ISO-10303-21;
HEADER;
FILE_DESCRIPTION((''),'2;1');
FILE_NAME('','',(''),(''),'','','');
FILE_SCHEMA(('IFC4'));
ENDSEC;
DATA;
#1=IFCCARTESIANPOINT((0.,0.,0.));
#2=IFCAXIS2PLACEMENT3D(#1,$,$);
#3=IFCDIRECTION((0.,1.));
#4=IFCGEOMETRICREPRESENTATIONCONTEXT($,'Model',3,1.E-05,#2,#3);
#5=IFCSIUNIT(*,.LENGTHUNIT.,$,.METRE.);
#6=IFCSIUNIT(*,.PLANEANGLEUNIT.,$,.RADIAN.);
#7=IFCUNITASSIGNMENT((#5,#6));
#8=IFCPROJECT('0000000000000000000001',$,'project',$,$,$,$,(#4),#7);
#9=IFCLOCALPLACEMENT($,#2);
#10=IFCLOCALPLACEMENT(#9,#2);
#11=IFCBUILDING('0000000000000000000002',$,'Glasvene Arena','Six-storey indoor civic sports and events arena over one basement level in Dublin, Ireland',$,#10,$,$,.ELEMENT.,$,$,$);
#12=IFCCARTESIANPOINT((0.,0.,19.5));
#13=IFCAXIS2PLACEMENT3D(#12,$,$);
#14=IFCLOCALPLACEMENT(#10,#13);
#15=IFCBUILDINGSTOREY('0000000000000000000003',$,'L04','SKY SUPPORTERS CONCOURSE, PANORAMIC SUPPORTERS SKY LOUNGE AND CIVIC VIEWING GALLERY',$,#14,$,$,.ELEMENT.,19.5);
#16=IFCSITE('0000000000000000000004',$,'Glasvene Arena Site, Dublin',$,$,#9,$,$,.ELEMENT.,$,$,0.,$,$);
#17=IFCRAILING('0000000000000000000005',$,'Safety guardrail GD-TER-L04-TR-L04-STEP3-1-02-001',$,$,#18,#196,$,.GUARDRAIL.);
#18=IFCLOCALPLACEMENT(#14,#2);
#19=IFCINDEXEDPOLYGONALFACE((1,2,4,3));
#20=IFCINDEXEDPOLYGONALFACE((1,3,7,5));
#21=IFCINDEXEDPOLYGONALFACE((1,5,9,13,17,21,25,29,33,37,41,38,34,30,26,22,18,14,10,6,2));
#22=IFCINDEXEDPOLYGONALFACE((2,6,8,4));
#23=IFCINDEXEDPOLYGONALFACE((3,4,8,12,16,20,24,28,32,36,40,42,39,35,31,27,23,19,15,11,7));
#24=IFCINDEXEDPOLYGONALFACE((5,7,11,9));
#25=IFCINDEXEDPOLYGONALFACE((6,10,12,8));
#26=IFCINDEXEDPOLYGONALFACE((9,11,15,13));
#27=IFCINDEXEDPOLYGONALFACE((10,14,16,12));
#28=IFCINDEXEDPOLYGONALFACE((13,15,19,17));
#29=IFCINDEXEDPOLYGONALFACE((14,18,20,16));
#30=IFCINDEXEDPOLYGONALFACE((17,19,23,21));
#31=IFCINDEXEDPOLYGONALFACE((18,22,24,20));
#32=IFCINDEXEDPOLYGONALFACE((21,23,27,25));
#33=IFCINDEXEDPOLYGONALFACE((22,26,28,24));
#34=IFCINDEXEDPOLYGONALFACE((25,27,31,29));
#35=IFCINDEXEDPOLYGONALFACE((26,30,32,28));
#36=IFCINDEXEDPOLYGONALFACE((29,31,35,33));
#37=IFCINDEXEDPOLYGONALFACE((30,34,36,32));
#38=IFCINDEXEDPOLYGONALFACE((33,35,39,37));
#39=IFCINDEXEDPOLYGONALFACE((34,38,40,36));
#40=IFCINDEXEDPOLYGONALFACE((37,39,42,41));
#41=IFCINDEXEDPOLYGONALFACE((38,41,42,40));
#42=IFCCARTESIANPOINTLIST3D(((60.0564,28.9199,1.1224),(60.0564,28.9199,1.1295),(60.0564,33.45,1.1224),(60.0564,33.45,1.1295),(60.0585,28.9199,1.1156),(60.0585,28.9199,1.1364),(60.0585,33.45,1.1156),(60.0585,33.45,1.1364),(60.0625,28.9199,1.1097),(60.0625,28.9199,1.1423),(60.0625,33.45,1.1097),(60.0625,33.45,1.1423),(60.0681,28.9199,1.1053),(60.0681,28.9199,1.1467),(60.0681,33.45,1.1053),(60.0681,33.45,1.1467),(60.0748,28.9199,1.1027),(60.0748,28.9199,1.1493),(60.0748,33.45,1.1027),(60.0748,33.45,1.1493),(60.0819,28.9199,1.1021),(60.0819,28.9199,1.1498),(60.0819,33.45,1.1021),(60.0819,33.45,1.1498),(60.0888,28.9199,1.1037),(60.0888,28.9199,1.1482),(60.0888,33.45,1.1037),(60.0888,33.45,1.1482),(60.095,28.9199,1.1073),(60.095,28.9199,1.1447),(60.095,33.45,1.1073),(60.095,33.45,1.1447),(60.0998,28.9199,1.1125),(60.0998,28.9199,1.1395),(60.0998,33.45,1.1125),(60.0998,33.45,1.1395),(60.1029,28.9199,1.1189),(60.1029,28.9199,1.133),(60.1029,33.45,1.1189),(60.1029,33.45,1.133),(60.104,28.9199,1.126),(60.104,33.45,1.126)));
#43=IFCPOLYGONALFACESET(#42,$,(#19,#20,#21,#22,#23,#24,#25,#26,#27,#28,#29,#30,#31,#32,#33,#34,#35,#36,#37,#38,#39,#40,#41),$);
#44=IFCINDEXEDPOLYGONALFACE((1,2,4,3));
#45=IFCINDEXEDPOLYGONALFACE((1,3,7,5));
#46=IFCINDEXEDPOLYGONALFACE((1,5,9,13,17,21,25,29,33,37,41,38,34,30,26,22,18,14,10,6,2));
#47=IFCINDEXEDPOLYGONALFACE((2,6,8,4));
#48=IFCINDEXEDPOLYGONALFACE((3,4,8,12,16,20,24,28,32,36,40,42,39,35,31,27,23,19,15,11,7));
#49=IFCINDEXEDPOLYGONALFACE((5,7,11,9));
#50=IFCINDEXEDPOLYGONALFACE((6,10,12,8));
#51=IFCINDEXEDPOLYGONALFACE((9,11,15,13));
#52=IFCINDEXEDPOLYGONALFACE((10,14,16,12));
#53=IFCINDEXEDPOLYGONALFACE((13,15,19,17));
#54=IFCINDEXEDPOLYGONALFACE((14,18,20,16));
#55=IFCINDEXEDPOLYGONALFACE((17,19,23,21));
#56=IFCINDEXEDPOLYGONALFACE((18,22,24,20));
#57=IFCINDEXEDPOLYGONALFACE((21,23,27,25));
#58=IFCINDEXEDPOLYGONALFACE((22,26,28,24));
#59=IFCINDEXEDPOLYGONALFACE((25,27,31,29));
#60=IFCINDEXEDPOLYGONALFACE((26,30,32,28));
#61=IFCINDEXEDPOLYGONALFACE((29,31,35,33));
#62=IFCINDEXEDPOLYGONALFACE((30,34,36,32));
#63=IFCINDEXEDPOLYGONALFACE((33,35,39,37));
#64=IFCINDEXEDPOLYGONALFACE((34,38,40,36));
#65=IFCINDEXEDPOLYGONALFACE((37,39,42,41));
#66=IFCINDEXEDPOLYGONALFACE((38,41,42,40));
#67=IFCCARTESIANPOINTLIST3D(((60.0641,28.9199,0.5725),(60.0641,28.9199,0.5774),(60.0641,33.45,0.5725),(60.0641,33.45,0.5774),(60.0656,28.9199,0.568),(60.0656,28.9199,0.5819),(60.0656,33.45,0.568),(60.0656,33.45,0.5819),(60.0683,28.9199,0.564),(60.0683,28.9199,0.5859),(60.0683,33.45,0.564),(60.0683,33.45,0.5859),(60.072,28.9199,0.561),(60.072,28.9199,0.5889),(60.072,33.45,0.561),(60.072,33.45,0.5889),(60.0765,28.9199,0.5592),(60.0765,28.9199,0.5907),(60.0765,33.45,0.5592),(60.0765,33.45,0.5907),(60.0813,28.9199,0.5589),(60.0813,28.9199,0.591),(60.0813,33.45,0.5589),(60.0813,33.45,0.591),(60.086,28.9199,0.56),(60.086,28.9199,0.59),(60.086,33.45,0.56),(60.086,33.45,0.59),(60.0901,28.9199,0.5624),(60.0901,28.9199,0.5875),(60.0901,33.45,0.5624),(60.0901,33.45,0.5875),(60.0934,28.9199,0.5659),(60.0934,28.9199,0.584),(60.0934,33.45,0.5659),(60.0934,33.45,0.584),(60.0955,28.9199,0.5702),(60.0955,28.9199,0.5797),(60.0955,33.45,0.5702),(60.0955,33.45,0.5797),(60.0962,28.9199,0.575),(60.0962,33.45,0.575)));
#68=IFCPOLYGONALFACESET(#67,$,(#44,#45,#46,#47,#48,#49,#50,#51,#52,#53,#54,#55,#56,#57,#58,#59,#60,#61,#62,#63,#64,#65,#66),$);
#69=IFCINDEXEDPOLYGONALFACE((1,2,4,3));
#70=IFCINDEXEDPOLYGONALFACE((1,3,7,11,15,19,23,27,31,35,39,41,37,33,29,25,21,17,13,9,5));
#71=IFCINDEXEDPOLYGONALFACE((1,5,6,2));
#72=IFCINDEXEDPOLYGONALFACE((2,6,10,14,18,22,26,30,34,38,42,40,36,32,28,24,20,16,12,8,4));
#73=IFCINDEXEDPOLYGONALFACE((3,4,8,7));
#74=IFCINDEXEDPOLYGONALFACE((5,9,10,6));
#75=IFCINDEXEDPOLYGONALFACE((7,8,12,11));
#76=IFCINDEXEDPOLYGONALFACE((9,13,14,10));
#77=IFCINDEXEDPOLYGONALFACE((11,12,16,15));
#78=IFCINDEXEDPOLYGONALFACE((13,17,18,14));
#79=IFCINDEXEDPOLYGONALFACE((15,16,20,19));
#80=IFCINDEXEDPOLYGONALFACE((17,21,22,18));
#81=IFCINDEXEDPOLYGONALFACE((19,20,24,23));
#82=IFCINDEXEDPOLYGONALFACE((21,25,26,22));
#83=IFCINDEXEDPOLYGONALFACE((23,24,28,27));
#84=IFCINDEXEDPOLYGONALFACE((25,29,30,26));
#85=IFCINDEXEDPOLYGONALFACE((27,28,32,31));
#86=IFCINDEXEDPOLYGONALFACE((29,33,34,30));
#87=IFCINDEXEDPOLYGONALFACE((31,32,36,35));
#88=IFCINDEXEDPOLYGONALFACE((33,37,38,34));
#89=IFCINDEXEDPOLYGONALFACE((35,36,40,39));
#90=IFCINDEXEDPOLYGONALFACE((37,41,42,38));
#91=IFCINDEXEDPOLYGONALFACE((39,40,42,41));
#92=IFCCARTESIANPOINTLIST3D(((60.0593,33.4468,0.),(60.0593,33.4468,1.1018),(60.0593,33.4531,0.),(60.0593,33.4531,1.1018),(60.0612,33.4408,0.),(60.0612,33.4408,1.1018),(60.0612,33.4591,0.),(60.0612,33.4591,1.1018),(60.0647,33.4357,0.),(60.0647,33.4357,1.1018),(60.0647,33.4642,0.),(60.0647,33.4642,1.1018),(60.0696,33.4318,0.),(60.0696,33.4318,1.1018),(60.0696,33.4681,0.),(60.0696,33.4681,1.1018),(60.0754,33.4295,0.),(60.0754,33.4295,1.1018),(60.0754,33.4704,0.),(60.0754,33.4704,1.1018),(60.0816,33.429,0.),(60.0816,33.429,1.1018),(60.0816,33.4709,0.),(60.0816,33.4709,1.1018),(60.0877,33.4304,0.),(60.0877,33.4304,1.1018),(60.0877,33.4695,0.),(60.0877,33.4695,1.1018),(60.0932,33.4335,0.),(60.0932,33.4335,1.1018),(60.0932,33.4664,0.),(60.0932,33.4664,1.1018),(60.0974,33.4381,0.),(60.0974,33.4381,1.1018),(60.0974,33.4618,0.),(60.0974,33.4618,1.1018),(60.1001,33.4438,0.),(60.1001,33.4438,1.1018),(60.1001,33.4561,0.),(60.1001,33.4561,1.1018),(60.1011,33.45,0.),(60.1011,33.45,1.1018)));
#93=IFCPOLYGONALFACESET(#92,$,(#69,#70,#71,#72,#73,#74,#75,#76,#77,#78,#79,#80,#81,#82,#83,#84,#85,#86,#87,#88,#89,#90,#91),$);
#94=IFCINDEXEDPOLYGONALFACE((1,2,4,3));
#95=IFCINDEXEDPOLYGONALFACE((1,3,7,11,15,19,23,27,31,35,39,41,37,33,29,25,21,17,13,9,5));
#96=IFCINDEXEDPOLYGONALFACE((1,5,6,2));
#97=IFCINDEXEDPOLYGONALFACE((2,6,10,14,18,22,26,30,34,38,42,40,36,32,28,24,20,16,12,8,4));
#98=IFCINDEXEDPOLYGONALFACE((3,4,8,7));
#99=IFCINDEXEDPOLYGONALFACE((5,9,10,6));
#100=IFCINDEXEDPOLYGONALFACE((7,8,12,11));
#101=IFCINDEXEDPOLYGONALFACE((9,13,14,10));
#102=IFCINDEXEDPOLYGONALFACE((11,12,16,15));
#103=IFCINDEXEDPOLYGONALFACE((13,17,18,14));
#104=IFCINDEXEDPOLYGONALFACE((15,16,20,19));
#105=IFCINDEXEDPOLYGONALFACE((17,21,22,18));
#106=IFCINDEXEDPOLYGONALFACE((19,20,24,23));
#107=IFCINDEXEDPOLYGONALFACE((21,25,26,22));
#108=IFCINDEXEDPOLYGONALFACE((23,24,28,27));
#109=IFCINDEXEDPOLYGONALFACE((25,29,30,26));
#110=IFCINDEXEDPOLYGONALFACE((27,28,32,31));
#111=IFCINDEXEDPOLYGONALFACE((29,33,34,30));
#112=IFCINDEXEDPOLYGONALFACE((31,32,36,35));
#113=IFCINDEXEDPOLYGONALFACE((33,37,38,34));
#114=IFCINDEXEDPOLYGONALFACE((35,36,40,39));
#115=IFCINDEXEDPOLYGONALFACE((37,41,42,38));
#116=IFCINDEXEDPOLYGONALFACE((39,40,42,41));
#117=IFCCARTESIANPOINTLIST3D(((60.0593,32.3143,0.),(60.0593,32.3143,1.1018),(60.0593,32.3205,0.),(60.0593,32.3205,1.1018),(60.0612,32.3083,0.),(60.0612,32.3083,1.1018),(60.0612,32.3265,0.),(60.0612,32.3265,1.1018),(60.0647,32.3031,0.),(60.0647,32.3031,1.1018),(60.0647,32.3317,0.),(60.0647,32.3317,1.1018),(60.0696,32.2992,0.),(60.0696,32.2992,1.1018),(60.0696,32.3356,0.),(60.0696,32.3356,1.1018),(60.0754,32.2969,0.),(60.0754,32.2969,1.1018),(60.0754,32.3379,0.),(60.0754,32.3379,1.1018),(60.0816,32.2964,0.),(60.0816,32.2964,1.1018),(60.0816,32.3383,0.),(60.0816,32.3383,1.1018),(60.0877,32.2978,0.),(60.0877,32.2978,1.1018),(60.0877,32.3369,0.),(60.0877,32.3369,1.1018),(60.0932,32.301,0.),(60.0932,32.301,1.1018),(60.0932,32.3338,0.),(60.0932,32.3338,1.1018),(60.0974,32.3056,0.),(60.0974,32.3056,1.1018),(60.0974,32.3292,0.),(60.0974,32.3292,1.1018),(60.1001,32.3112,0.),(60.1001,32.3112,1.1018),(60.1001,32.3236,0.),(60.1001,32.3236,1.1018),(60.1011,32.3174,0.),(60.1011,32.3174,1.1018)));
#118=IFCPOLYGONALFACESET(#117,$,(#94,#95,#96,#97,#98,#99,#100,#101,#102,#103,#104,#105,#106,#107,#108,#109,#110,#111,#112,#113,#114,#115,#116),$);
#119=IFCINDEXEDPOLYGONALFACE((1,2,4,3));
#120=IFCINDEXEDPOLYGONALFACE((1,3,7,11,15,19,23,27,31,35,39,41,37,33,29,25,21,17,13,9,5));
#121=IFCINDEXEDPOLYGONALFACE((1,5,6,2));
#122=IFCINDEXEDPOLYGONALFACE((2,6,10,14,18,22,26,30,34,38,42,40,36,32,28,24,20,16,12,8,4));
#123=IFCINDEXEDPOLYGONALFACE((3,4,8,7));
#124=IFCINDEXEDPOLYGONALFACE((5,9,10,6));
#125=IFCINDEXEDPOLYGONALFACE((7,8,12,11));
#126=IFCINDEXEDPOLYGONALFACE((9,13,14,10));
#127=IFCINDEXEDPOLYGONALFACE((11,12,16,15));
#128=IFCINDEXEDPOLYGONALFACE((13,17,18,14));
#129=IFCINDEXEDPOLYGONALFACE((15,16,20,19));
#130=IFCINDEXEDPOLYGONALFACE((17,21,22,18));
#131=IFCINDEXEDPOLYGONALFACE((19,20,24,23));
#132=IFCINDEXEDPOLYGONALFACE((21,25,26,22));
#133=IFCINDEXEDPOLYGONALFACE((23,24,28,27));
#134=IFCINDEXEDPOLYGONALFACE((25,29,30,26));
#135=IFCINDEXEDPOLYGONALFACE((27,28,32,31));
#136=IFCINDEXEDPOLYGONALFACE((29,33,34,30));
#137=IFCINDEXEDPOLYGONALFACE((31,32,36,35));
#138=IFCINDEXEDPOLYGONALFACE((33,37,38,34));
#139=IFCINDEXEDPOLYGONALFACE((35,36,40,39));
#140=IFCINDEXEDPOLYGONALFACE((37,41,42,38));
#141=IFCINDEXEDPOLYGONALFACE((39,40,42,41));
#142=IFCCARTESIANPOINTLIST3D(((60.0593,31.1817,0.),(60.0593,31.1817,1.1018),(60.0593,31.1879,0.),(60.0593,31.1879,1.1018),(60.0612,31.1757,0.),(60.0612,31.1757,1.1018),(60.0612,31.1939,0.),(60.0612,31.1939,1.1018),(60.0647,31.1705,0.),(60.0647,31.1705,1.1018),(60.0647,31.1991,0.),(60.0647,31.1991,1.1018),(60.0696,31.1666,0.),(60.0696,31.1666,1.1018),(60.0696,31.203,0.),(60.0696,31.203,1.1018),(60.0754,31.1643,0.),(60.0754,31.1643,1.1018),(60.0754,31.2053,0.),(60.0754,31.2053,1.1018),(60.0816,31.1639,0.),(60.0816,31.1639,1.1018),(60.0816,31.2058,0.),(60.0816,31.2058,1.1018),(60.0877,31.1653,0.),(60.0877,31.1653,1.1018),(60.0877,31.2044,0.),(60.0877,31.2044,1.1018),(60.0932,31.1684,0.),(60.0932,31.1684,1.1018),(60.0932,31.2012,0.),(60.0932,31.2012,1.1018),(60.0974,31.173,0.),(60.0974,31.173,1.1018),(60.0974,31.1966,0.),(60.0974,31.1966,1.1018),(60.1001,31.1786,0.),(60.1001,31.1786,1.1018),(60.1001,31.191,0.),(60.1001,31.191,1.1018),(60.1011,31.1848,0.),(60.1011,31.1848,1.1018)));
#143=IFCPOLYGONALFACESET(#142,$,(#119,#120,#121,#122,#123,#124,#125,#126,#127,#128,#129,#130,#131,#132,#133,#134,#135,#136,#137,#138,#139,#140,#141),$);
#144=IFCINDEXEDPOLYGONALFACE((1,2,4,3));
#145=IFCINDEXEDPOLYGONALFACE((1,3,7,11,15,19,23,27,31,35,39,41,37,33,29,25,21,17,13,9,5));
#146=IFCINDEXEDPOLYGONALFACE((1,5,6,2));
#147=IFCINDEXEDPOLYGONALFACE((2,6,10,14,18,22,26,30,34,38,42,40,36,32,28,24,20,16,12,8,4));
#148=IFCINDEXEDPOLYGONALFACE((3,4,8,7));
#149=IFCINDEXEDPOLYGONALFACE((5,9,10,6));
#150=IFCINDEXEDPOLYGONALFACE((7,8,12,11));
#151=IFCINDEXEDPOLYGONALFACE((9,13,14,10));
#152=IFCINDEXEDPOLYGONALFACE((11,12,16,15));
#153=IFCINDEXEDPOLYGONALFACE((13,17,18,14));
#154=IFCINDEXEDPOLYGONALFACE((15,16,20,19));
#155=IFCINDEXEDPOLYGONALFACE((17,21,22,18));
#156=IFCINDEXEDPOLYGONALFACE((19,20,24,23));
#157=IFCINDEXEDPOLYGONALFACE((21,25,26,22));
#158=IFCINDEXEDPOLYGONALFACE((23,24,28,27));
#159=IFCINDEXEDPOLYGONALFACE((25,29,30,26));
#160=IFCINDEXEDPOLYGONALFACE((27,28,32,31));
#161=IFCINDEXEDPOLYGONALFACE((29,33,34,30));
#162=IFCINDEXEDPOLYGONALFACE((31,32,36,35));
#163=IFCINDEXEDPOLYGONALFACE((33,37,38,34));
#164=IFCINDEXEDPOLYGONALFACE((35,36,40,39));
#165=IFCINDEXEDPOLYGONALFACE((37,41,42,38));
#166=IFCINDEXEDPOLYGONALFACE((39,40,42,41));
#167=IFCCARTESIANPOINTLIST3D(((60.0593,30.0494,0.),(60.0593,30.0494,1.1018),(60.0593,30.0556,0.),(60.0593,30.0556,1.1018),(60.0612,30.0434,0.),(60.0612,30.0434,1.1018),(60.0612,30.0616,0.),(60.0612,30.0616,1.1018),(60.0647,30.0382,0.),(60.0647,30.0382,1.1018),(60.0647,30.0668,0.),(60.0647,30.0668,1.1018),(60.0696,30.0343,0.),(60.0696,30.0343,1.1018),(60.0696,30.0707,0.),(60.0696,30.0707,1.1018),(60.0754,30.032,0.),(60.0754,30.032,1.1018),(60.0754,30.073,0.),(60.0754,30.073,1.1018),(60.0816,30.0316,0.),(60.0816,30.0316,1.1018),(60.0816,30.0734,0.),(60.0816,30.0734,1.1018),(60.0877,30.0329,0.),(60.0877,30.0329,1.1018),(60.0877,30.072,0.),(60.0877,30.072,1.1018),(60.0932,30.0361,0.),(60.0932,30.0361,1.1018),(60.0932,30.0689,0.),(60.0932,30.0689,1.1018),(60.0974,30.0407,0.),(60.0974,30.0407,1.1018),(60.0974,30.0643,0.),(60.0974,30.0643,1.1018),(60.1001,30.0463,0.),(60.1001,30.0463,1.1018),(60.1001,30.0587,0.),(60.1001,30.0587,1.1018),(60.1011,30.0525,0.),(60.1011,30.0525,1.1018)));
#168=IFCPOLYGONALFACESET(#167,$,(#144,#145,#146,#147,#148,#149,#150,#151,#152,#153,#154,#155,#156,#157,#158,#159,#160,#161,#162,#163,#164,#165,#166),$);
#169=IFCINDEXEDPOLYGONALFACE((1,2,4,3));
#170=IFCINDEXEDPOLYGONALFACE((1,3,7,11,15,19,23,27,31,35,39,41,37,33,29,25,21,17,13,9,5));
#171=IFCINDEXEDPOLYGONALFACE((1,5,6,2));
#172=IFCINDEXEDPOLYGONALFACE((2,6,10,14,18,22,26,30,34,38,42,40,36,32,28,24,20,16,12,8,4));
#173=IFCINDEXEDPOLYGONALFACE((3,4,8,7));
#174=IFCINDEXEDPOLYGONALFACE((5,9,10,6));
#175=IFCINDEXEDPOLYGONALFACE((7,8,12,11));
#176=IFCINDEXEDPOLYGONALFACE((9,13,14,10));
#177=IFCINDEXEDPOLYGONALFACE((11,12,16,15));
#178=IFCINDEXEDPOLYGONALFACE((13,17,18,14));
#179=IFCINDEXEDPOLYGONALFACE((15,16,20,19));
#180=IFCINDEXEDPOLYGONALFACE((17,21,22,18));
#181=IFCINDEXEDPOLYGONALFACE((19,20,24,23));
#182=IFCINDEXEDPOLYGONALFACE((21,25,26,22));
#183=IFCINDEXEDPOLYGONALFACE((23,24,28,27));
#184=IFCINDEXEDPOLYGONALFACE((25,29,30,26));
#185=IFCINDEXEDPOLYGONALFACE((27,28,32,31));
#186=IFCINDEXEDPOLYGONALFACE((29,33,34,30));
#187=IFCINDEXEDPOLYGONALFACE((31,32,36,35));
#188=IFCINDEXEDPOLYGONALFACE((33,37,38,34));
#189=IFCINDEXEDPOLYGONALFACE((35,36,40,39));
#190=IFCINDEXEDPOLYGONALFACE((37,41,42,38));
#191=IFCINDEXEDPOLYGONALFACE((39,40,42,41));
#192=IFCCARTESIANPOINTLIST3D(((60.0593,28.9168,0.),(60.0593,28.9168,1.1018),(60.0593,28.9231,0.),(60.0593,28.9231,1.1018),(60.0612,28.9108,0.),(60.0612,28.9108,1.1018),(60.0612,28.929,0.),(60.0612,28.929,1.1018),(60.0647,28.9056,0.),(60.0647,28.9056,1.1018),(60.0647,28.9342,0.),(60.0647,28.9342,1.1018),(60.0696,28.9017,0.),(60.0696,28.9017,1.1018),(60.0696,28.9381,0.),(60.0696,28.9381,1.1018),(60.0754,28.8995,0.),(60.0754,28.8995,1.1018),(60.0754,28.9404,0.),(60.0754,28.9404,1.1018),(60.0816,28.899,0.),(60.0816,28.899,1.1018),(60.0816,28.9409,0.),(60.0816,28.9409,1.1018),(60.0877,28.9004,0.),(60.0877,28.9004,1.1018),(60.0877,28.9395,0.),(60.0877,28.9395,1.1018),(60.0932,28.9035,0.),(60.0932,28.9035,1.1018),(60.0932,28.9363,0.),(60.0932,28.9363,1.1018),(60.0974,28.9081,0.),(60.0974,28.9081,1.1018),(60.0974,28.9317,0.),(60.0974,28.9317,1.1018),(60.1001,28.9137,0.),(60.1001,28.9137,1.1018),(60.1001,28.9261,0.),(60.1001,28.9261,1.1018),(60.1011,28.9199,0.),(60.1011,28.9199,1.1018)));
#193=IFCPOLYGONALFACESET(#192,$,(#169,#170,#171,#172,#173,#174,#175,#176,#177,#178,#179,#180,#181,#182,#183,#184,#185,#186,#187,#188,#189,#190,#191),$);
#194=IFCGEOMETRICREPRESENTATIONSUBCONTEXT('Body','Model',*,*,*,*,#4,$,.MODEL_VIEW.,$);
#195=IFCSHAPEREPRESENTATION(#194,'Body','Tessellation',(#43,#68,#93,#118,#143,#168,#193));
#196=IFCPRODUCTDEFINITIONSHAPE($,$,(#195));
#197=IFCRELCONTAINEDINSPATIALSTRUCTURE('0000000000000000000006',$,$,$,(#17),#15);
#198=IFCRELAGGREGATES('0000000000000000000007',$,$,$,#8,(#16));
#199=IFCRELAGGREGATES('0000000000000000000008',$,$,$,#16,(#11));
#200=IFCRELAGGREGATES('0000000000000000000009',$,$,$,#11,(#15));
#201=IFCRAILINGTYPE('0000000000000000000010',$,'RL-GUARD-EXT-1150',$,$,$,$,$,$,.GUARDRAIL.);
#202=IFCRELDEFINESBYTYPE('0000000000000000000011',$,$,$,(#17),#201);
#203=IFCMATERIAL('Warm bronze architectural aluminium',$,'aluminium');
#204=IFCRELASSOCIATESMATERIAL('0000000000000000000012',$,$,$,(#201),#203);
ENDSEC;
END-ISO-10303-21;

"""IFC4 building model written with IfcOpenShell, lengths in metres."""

from ifc_helpers import new_model, si_unit, direction, frame, origin, origin_2d, place, context, subcontext, project, spatial, circle, extrude, material, type_object, element, save


model = new_model("IFC4")

# Units and contexts
model_context = context("Model", 3, precision=1e-05, world=origin(), true_north=direction((0.0, 1.0)))
body_context = subcontext(model_context, "Body", "Model", "MODEL_VIEW")
ifc_project = project(units=[si_unit("LENGTHUNIT", "METRE"), si_unit("PLANEANGLEUNIT", "RADIAN")], contexts=[model_context])

# Site, building, storey
site_placement = place(None, origin())
site = spatial("IfcSite", under=ifc_project, at=site_placement, Name="Glasvene Arena Site, Dublin", CompositionType="ELEMENT", RefElevation=0.0)
building_placement = place(site_placement, origin())
building = spatial("IfcBuilding", under=site, at=building_placement, Name="Glasvene Arena", Description="Six-storey indoor civic sports and events arena over one basement level in Dublin, Ireland", CompositionType="ELEMENT")
storey_placement = place(building_placement, frame((0.0, 0.0, 19.5)))
storey = spatial("IfcBuildingStorey", under=building, at=storey_placement, Name="L04", Description="SKY SUPPORTERS CONCOURSE, PANORAMIC SUPPORTERS SKY LOUNGE AND CIVIC VIEWING GALLERY", CompositionType="ELEMENT", Elevation=19.5)

# Railing
ifc_material_1 = material(Name="Warm bronze architectural aluminium", Category="aluminium")
railing_type_1 = type_object("IfcRailingType", Name="RL-GUARD-EXT-1150", PredefinedType="GUARDRAIL", material=ifc_material_1)
railing_1_placement = place(storey_placement, frame((60.0801, 33.45, 0.0)))
element("IfcRailing", 1, at=railing_1_placement, inside=storey, type_object=railing_type_1, Name="Safety guardrail GD-TER-L04-TR-L04-STEP3-1-02-001", PredefinedType="GUARDRAIL", context=body_context, shape_type="SweptSolid", body=[
    extrude(circle(Radius=0.0239, at=origin_2d()), frame((0.0, 0.0, 1.126), z_axis=(0.0, -1.0, 0.0), x_axis=(1.0, 0.0, 0.0)), (0.0, 0.0, 1.0), 4.53),
    extrude(circle(Radius=0.0161, at=origin_2d()), frame((0.0, 0.0, 0.575), z_axis=(0.0, -1.0, 0.0), x_axis=(1.0, 0.0, 0.0)), (0.0, 0.0, 1.0), 4.53),
    extrude(circle(Radius=0.021, at=origin_2d()), origin(), (0.0, 0.0, 1.0), 1.1018),
    extrude(circle(Radius=0.021, at=origin_2d()), frame((0.0, -1.1326, 0.0)), (0.0, 0.0, 1.0), 1.1018),
    extrude(circle(Radius=0.021, at=origin_2d()), frame((0.0, -2.2651, 0.0)), (0.0, 0.0, 1.0), 1.1018),
    extrude(circle(Radius=0.021, at=origin_2d()), frame((0.0, -3.3975, 0.0)), (0.0, 0.0, 1.0), 1.1018),
    extrude(circle(Radius=0.021, at=origin_2d()), frame((0.0, -4.53, 0.0)), (0.0, 0.0, 1.0), 1.1018),
])

save(model, "model.ifc")
